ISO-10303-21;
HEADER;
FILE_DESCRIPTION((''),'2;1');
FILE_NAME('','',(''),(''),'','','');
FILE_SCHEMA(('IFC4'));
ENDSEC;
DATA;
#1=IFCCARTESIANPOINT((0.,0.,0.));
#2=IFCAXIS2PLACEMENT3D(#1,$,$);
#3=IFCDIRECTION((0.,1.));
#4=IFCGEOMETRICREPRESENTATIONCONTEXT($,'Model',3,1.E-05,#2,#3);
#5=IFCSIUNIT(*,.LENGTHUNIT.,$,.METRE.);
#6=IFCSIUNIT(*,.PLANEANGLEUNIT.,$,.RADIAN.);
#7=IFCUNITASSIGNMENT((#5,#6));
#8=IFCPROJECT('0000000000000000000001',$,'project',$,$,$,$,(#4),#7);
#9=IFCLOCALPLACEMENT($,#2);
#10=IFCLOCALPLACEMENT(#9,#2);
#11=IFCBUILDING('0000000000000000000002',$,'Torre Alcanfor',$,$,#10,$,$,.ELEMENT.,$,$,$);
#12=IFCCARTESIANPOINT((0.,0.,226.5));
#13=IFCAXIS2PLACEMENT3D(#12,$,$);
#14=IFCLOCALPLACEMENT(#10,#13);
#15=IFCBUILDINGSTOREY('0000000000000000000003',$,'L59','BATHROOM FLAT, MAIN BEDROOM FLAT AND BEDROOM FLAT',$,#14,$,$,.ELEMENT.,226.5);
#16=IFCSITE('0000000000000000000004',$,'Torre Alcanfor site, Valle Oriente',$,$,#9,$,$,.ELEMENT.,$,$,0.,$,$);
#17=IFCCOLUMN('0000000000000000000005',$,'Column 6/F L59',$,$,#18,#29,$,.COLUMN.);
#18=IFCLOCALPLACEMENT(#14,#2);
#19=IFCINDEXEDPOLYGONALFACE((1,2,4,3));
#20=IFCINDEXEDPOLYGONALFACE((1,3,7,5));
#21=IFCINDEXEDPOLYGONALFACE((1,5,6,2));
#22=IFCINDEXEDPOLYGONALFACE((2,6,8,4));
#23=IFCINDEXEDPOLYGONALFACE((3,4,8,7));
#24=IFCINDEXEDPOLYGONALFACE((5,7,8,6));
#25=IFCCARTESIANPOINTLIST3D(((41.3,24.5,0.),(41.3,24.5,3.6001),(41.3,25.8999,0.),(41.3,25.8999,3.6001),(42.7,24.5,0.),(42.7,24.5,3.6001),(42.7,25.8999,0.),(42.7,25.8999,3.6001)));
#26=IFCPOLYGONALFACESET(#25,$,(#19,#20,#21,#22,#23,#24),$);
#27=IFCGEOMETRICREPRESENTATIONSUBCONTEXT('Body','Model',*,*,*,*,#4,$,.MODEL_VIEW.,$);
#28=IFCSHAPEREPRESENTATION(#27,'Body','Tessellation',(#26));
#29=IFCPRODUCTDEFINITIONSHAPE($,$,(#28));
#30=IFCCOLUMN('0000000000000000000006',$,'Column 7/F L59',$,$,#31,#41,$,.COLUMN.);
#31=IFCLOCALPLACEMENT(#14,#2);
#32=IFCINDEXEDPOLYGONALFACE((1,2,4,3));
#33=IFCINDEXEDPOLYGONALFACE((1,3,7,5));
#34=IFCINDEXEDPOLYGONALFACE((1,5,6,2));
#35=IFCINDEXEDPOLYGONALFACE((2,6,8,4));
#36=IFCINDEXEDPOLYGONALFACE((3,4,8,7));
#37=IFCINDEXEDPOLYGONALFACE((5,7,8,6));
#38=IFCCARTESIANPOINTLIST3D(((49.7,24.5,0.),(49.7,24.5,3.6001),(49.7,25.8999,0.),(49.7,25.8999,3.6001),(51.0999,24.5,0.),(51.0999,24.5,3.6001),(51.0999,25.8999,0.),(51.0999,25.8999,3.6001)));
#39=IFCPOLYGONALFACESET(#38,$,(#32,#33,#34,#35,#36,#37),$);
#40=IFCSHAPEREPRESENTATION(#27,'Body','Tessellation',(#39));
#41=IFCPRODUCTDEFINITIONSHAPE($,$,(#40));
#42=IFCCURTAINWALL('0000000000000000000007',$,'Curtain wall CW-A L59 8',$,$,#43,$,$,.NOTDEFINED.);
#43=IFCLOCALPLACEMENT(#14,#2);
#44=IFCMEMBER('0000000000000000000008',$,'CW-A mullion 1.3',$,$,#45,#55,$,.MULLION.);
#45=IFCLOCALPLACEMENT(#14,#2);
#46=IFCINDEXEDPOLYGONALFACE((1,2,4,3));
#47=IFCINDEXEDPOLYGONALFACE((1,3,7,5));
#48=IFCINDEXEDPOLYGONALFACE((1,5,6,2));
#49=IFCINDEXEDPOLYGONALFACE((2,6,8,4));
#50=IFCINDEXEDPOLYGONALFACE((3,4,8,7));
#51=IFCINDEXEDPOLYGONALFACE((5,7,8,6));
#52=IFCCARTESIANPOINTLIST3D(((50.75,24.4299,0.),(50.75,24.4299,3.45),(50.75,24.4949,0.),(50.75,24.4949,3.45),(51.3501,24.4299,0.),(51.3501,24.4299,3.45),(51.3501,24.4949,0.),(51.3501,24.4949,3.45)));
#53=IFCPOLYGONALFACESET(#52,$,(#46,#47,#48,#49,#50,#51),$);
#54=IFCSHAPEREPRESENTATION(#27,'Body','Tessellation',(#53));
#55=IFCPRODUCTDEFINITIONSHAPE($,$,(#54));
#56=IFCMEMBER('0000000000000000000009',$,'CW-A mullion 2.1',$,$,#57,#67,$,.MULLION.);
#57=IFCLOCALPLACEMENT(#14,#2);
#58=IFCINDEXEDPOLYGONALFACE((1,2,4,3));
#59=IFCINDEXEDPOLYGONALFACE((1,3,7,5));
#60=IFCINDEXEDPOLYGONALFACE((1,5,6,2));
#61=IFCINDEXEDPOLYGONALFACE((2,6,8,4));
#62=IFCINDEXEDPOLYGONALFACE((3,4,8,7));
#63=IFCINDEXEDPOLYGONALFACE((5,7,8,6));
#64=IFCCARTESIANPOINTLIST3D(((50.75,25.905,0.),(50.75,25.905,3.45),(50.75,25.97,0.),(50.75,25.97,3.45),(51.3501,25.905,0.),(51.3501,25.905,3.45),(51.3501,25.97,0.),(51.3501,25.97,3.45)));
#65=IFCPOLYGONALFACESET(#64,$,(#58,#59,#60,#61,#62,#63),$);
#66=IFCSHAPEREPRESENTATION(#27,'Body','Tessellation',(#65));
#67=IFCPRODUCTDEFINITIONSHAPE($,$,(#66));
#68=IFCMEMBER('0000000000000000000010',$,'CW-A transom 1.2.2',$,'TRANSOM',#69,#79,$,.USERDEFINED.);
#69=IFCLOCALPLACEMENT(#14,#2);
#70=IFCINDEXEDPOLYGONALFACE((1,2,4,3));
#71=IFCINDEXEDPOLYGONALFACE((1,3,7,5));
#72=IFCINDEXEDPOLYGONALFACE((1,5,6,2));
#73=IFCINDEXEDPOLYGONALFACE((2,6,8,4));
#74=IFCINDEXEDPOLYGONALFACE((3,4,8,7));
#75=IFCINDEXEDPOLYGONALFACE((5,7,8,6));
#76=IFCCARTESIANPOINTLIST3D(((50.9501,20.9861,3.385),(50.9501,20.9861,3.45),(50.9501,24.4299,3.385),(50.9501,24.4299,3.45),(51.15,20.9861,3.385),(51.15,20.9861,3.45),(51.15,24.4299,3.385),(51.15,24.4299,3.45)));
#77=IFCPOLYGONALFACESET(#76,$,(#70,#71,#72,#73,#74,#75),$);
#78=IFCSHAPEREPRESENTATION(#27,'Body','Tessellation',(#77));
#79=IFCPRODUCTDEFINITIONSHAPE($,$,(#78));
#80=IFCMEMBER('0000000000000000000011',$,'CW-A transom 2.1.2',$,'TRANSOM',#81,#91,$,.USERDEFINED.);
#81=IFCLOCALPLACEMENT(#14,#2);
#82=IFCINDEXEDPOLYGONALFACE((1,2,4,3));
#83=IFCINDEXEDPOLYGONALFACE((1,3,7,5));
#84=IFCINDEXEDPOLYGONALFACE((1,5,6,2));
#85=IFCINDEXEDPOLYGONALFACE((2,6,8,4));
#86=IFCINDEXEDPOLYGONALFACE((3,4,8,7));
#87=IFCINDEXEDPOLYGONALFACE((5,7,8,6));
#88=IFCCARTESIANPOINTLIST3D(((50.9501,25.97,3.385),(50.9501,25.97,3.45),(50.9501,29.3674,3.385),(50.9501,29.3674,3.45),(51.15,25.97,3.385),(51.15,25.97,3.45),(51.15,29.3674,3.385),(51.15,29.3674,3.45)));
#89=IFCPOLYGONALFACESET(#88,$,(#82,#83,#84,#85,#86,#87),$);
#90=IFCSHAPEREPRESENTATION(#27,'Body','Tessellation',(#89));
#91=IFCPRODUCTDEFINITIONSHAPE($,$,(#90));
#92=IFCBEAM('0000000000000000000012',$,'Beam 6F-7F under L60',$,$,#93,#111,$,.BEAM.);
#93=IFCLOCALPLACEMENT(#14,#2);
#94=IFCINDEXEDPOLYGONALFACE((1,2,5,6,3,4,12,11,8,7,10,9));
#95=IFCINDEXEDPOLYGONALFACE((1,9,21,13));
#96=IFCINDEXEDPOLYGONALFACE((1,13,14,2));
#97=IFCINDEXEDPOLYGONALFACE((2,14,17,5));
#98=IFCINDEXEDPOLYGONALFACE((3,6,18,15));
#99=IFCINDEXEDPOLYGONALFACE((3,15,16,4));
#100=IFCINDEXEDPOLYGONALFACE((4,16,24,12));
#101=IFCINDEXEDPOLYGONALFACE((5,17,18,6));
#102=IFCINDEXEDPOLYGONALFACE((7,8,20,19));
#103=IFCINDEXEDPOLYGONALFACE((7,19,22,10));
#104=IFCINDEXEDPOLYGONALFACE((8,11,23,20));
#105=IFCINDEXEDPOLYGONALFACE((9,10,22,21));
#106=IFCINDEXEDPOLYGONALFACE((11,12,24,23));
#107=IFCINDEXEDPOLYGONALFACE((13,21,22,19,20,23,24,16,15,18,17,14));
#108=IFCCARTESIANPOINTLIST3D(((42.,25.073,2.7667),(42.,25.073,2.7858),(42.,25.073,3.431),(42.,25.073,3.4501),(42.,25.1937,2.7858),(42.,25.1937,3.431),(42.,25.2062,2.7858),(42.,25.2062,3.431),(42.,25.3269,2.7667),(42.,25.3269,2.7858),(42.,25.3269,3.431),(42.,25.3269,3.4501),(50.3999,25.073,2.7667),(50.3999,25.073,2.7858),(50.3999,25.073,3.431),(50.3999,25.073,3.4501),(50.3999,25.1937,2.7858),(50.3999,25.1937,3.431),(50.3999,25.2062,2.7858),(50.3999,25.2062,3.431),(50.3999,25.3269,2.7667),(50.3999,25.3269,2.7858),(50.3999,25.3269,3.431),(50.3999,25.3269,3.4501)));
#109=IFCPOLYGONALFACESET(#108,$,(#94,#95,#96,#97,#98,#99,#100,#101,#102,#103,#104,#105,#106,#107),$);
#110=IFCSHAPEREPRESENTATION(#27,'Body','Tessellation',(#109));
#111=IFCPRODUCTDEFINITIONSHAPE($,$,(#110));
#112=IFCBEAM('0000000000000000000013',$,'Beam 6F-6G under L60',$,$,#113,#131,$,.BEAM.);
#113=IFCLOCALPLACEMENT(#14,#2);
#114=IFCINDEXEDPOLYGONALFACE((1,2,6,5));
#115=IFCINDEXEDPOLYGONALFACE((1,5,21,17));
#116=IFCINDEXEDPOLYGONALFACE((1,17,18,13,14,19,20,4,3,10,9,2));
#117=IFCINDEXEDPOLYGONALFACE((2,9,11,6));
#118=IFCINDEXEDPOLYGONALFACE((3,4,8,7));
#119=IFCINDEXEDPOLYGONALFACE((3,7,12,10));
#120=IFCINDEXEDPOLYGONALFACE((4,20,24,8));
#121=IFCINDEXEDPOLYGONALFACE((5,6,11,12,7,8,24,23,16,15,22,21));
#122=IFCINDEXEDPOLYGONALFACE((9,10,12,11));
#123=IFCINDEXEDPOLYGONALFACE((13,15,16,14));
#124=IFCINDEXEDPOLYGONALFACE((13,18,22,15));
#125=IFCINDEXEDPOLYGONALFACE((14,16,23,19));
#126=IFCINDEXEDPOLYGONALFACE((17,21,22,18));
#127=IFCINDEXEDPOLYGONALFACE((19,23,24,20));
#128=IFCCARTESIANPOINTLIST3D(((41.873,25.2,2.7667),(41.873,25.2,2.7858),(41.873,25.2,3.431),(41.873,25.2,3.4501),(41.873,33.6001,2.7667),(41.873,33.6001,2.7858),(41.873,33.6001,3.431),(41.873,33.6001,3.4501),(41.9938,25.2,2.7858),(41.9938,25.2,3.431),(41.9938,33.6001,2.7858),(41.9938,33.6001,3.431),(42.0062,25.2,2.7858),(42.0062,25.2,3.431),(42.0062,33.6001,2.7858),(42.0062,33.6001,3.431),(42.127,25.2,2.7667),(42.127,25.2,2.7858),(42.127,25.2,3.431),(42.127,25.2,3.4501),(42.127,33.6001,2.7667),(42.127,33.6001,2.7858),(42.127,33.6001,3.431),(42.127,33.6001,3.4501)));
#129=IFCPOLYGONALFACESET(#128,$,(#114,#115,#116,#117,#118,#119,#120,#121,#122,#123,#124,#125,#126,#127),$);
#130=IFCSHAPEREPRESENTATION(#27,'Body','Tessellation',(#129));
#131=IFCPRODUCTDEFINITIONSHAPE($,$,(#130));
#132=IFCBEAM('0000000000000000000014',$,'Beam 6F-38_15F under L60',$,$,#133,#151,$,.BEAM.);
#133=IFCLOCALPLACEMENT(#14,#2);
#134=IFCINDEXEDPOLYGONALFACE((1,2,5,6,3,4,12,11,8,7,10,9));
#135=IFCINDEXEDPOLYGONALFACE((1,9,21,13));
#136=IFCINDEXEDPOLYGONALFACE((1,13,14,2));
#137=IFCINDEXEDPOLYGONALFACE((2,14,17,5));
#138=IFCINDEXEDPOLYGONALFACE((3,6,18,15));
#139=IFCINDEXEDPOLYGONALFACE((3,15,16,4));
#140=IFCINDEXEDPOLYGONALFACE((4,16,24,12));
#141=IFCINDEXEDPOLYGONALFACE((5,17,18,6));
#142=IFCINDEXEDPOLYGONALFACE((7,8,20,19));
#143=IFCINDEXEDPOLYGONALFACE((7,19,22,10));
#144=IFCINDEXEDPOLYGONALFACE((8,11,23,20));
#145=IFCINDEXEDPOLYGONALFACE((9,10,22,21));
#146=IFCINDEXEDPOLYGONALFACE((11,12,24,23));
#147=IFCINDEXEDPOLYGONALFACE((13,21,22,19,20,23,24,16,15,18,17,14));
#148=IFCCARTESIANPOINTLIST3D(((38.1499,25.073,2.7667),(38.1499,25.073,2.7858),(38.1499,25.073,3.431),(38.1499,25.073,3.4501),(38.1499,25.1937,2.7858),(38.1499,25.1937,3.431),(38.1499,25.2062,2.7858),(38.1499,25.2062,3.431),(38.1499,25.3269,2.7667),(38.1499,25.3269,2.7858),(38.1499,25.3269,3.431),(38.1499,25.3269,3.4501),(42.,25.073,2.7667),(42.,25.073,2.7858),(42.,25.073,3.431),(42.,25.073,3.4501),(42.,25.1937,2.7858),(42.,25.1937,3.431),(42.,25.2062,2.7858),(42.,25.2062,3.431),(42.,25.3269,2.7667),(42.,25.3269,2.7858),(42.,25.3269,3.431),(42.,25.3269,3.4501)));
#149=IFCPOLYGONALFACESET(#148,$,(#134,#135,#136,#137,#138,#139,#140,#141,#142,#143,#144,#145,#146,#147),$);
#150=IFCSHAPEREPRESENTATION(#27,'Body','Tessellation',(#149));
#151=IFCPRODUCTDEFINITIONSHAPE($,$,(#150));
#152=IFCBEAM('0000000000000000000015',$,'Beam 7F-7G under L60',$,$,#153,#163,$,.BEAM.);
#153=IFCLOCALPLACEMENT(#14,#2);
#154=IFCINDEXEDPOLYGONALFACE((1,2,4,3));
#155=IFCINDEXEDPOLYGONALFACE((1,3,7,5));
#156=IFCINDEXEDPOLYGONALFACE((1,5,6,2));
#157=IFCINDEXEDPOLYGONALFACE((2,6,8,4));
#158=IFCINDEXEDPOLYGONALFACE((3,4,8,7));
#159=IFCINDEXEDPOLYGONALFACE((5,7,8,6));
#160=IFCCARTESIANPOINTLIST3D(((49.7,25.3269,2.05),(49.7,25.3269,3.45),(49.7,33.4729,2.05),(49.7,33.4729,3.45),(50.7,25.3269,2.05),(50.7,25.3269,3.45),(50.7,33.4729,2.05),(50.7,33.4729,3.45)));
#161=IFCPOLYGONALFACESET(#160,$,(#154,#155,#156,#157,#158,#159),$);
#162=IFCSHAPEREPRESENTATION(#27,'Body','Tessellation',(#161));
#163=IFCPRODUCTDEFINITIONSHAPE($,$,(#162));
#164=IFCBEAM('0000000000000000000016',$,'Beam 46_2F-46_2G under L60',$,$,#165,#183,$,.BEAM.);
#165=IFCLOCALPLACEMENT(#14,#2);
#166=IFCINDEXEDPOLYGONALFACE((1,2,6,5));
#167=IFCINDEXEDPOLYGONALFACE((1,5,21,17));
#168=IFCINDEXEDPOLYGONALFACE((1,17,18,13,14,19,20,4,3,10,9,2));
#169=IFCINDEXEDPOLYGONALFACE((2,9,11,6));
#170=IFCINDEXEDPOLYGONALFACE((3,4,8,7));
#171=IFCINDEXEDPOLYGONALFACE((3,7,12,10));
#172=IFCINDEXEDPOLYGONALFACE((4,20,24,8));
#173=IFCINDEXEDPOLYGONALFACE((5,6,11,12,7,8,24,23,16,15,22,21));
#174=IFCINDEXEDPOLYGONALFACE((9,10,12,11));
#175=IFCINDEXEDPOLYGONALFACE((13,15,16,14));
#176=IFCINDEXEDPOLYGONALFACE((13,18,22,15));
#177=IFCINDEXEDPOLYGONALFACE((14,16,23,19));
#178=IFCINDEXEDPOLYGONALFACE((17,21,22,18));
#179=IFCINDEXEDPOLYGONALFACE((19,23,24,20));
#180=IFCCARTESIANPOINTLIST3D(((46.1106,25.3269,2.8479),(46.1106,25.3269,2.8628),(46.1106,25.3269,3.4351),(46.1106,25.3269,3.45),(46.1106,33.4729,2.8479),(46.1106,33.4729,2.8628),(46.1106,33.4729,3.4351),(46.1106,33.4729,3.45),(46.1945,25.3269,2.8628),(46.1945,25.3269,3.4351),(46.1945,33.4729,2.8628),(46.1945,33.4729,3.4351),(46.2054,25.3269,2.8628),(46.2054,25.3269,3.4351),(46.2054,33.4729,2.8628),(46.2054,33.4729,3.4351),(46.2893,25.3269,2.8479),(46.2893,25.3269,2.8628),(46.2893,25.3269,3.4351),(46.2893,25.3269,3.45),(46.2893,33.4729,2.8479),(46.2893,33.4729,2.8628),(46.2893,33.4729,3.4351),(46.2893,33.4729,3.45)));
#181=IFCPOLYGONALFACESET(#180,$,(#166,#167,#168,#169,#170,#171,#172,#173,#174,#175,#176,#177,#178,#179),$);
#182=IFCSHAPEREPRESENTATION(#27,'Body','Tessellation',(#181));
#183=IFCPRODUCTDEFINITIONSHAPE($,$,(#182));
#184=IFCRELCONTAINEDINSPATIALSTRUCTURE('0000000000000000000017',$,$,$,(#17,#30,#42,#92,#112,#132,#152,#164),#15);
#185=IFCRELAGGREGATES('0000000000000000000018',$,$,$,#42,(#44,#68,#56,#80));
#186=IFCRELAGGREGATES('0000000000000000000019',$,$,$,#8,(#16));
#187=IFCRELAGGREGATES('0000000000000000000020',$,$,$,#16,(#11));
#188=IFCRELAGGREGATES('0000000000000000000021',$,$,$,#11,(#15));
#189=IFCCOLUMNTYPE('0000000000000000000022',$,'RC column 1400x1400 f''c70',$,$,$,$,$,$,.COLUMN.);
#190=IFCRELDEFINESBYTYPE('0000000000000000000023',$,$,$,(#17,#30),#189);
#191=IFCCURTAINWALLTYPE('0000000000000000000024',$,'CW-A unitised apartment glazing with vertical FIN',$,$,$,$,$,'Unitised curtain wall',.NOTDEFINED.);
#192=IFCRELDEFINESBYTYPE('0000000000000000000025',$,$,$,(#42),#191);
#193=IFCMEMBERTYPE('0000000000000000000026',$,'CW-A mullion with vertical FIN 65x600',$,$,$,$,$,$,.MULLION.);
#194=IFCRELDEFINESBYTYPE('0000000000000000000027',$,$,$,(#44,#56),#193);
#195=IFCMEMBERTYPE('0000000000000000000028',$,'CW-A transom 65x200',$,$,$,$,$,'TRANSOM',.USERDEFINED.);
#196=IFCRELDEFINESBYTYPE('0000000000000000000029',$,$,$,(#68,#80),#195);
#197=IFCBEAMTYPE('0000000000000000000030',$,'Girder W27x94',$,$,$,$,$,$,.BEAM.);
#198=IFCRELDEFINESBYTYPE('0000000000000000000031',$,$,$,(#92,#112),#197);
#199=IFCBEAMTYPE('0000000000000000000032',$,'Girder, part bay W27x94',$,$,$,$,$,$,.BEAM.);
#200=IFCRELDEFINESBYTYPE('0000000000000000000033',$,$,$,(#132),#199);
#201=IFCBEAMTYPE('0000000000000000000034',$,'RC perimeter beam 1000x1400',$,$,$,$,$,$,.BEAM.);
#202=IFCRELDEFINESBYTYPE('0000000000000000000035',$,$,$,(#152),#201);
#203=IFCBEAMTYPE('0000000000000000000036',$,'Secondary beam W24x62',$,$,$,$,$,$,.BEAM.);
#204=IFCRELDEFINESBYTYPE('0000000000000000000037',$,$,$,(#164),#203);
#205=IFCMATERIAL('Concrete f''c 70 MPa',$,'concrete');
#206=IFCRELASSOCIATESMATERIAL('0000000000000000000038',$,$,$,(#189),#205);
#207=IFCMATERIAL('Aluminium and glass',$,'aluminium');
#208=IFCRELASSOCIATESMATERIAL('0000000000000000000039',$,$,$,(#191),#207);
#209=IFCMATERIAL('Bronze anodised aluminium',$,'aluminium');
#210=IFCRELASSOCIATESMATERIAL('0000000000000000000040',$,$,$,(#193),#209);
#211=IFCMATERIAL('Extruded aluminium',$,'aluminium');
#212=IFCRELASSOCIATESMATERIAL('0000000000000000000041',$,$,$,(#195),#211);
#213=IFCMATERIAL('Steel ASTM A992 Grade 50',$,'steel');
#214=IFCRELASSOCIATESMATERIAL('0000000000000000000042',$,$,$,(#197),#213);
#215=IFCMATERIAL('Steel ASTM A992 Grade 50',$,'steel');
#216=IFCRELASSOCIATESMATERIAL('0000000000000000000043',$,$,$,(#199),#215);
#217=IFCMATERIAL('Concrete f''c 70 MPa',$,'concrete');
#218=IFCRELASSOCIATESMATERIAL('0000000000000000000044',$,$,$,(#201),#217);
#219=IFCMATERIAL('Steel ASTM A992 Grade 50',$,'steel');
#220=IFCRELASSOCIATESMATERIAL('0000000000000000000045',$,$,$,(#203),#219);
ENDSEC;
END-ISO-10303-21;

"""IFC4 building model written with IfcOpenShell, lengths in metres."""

from ifc_helpers import new_model, si_unit, direction, frame, origin, origin_2d, place, context, subcontext, project, spatial, rectangle, i_section, extrude, material, material_profile, profile_set, type_object, element, aggregate, save


model = new_model("IFC4")

# Units and contexts
model_context = context("Model", 3, precision=1e-05, world=origin(), true_north=direction((0.0, 1.0)))
body_context = subcontext(model_context, "Body", "Model", "MODEL_VIEW")
ifc_project = project(units=[si_unit("LENGTHUNIT", "METRE"), si_unit("PLANEANGLEUNIT", "RADIAN")], contexts=[model_context])

# Site, building, storey
site_placement = place(None, origin())
site = spatial("IfcSite", under=ifc_project, at=site_placement, Name="Torre Alcanfor site, Valle Oriente", CompositionType="ELEMENT", RefElevation=0.0)
building_placement = place(site_placement, origin())
building = spatial("IfcBuilding", under=site, at=building_placement, Name="Torre Alcanfor", CompositionType="ELEMENT")
storey_placement = place(building_placement, frame((0.0, 0.0, 226.5)))
storey = spatial("IfcBuildingStorey", under=building, at=storey_placement, Name="L59", Description="BATHROOM FLAT, MAIN BEDROOM FLAT AND BEDROOM FLAT", CompositionType="ELEMENT", Elevation=226.5)

# Columns
ifc_material_1 = material(Name="Concrete f'c 70 MPa", Category="concrete")
ifc_material_profile_1 = material_profile(ifc_material_1, rectangle(XDim=1.3999, YDim=1.3999, at=origin_2d()), Name="1400x1400")
ifc_profile_set_1 = profile_set([ifc_material_profile_1], Name="Concrete f'c 70 MPa")
column_type = type_object("IfcColumnType", Name="RC column 1400x1400 f'c70", PredefinedType="COLUMN", material=ifc_profile_set_1)
for number, where, z_axis, x_axis, name in (
    (1, (42.0, 25.2, 0.0), (0.0, 0.0, 1.0), (1.0, 0.0, 0.0), "Column 6/F L59"),
    (2, (50.3999, 25.2, 0.0), (0.0, 0.0, 1.0), (1.0, 0.0, 0.0), "Column 7/F L59"),
):
    element("IfcColumn", number, at=place(storey_placement, frame(where, z_axis=z_axis, x_axis=x_axis)), inside=storey, type_object=column_type, Name=name, PredefinedType="COLUMN", context=body_context, shape_type="SweptSolid", body=[
        extrude(rectangle(XDim=1.3999, YDim=1.3999, at=origin_2d()), origin(), (0.0, 0.0, 1.0), 3.6001),
    ])

# Curtain wall, members
ifc_material_2 = material(Name="Aluminium and glass", Category="aluminium")
curtain_wall_type = type_object("IfcCurtainWallType", Name="CW-A unitised apartment glazing with vertical FIN", ElementType="Unitised curtain wall", PredefinedType="NOTDEFINED", material=ifc_material_2)
curtain_wall_placement = place(storey_placement, origin())
curtain_wall = element("IfcCurtainWall", 3, at=curtain_wall_placement, inside=storey, type_object=curtain_wall_type, Name="Curtain wall CW-A L59 8", PredefinedType="NOTDEFINED")
ifc_material_3 = material(Name="Bronze anodised aluminium", Category="aluminium")
ifc_material_profile_2 = material_profile(ifc_material_3, rectangle(XDim=0.6001, YDim=0.0649, at=origin_2d()), Name="CW-A mullion 65x600")
ifc_profile_set_2 = profile_set([ifc_material_profile_2], Name="Bronze anodised aluminium")
member_type_1 = type_object("IfcMemberType", Name="CW-A mullion with vertical FIN 65x600", PredefinedType="MULLION", material=ifc_profile_set_2)
member_1_placement = place(storey_placement, frame((51.05, 24.4624, 0.0), z_axis=(0.0, 0.0, 1.0), x_axis=(-1.0, 0.0, 0.0)))
member_1 = element("IfcMember", 4, at=member_1_placement, type_object=member_type_1, Name="CW-A mullion 1.3", PredefinedType="MULLION", context=body_context, shape_type="SweptSolid", body=[
    extrude(rectangle(XDim=0.6001, YDim=0.0649, at=origin_2d()), origin(), (0.0, 0.0, 1.0), 3.45),
])
member_2_placement = place(storey_placement, frame((51.05, 25.9375, 0.0), z_axis=(0.0, 0.0, 1.0), x_axis=(-1.0, 0.0, 0.0)))
member_2 = element("IfcMember", 5, at=member_2_placement, type_object=member_type_1, Name="CW-A mullion 2.1", PredefinedType="MULLION", context=body_context, shape_type="SweptSolid", body=[
    extrude(rectangle(XDim=0.6001, YDim=0.0649, at=origin_2d()), origin(), (0.0, 0.0, 1.0), 3.45),
])
ifc_material_4 = material(Name="Extruded aluminium", Category="aluminium")
ifc_material_profile_3 = material_profile(ifc_material_4, rectangle(XDim=0.2, YDim=0.0649, at=origin_2d()), Name="CW-A transom 200x65")
ifc_profile_set_3 = profile_set([ifc_material_profile_3], Name="Extruded aluminium")
member_type_2 = type_object("IfcMemberType", Name="CW-A transom 65x200", ElementType="TRANSOM", PredefinedType="USERDEFINED", material=ifc_profile_set_3)
member_3_placement = place(storey_placement, frame((51.05, 20.9861, 3.4175), z_axis=(0.0, 1.0, 0.0), x_axis=(-1.0, 0.0, 0.0)))
member_3 = element("IfcMember", 6, at=member_3_placement, type_object=member_type_2, Name="CW-A transom 1.2.2", ObjectType="TRANSOM", PredefinedType="USERDEFINED", context=body_context, shape_type="SweptSolid", body=[
    extrude(rectangle(XDim=0.2, YDim=0.0649, at=origin_2d()), origin(), (0.0, 0.0, 1.0), 3.4438),
])
member_4_placement = place(storey_placement, frame((51.05, 25.97, 3.4175), z_axis=(0.0, 1.0, 0.0), x_axis=(-1.0, 0.0, 0.0)))
member_4 = element("IfcMember", 7, at=member_4_placement, type_object=member_type_2, Name="CW-A transom 2.1.2", ObjectType="TRANSOM", PredefinedType="USERDEFINED", context=body_context, shape_type="SweptSolid", body=[
    extrude(rectangle(XDim=0.2, YDim=0.0649, at=origin_2d()), origin(), (0.0, 0.0, 1.0), 3.3975),
])

# Beams
ifc_material_5 = material(Name="Steel ASTM A992 Grade 50", Category="steel")
ifc_material_profile_4 = material_profile(ifc_material_5, i_section(OverallWidth=0.2539, OverallDepth=0.6833, WebThickness=0.0125, FlangeThickness=0.019, at=origin_2d()), Name="W27x94")
ifc_profile_set_4 = profile_set([ifc_material_profile_4], Name="Steel ASTM A992 Grade 50")
beam_type_1 = type_object("IfcBeamType", Name="Girder W27x94", PredefinedType="BEAM", material=ifc_profile_set_4)
beam_1_placement = place(storey_placement, frame((42.0, 25.2, 3.1084), z_axis=(1.0, 0.0, 0.0), x_axis=(0.0, 1.0, 0.0)))
element("IfcBeam", 8, at=beam_1_placement, inside=storey, type_object=beam_type_1, Name="Beam 6F-7F under L60", PredefinedType="BEAM", context=body_context, shape_type="SweptSolid", body=[
    extrude(i_section(OverallWidth=0.2539, OverallDepth=0.6833, WebThickness=0.0125, FlangeThickness=0.019, at=origin_2d()), origin(), (0.0, 0.0, 1.0), 8.3999),
])
beam_2_placement = place(storey_placement, frame((42.0, 25.2, 3.1084), z_axis=(0.0, 1.0, 0.0), x_axis=(-1.0, 0.0, 0.0)))
element("IfcBeam", 9, at=beam_2_placement, inside=storey, type_object=beam_type_1, Name="Beam 6F-6G under L60", PredefinedType="BEAM", context=body_context, shape_type="SweptSolid", body=[
    extrude(i_section(OverallWidth=0.2539, OverallDepth=0.6833, WebThickness=0.0125, FlangeThickness=0.019, at=origin_2d()), origin(), (0.0, 0.0, 1.0), 8.4001),
])
ifc_material_6 = material(Name="Steel ASTM A992 Grade 50", Category="steel")
ifc_material_profile_5 = material_profile(ifc_material_6, i_section(OverallWidth=0.2539, OverallDepth=0.6833, WebThickness=0.0125, FlangeThickness=0.019, at=origin_2d()), Name="W27x94")
ifc_profile_set_5 = profile_set([ifc_material_profile_5], Name="Steel ASTM A992 Grade 50")
beam_type_2 = type_object("IfcBeamType", Name="Girder, part bay W27x94", PredefinedType="BEAM", material=ifc_profile_set_5)
beam_3_placement = place(storey_placement, frame((42.0, 25.2, 3.1084), z_axis=(-1.0, 0.0, 0.0), x_axis=(0.0, -1.0, 0.0)))
element("IfcBeam", 10, at=beam_3_placement, inside=storey, type_object=beam_type_2, Name="Beam 6F-38_15F under L60", PredefinedType="BEAM", context=body_context, shape_type="SweptSolid", body=[
    extrude(i_section(OverallWidth=0.2539, OverallDepth=0.6833, WebThickness=0.0125, FlangeThickness=0.019, at=origin_2d()), origin(), (0.0, 0.0, 1.0), 3.8501),
])
ifc_material_7 = material(Name="Concrete f'c 70 MPa", Category="concrete")
ifc_material_profile_6 = material_profile(ifc_material_7, rectangle(XDim=1.0, YDim=1.3999, at=origin_2d()), Name="1000x1400")
ifc_profile_set_6 = profile_set([ifc_material_profile_6], Name="Concrete f'c 70 MPa")
beam_type_3 = type_object("IfcBeamType", Name="RC perimeter beam 1000x1400", PredefinedType="BEAM", material=ifc_profile_set_6)
beam_4_placement = place(storey_placement, frame((50.2, 25.3269, 2.75), z_axis=(0.0, 1.0, 0.0), x_axis=(-1.0, 0.0, 0.0)))
element("IfcBeam", 11, at=beam_4_placement, inside=storey, type_object=beam_type_3, Name="Beam 7F-7G under L60", PredefinedType="BEAM", context=body_context, shape_type="SweptSolid", body=[
    extrude(rectangle(XDim=1.0, YDim=1.3999, at=origin_2d()), origin(), (0.0, 0.0, 1.0), 8.146),
])
ifc_material_8 = material(Name="Steel ASTM A992 Grade 50", Category="steel")
ifc_material_profile_7 = material_profile(ifc_material_8, i_section(OverallWidth=0.1787, OverallDepth=0.6021, WebThickness=0.011, FlangeThickness=0.0149, at=origin_2d()), Name="W24x62")
ifc_profile_set_7 = profile_set([ifc_material_profile_7], Name="Steel ASTM A992 Grade 50")
beam_type_4 = type_object("IfcBeamType", Name="Secondary beam W24x62", PredefinedType="BEAM", material=ifc_profile_set_7)
beam_5_placement = place(storey_placement, frame((46.2, 25.3269, 3.1489), z_axis=(0.0, 1.0, 0.0), x_axis=(-1.0, 0.0, 0.0)))
element("IfcBeam", 12, at=beam_5_placement, inside=storey, type_object=beam_type_4, Name="Beam 46_2F-46_2G under L60", PredefinedType="BEAM", context=body_context, shape_type="SweptSolid", body=[
    extrude(i_section(OverallWidth=0.1787, OverallDepth=0.6021, WebThickness=0.011, FlangeThickness=0.0149, at=origin_2d()), origin(), (0.0, 0.0, 1.0), 8.146),
])

aggregate(curtain_wall, [member_1, member_3, member_2, member_4])

save(model, "model.ifc")
